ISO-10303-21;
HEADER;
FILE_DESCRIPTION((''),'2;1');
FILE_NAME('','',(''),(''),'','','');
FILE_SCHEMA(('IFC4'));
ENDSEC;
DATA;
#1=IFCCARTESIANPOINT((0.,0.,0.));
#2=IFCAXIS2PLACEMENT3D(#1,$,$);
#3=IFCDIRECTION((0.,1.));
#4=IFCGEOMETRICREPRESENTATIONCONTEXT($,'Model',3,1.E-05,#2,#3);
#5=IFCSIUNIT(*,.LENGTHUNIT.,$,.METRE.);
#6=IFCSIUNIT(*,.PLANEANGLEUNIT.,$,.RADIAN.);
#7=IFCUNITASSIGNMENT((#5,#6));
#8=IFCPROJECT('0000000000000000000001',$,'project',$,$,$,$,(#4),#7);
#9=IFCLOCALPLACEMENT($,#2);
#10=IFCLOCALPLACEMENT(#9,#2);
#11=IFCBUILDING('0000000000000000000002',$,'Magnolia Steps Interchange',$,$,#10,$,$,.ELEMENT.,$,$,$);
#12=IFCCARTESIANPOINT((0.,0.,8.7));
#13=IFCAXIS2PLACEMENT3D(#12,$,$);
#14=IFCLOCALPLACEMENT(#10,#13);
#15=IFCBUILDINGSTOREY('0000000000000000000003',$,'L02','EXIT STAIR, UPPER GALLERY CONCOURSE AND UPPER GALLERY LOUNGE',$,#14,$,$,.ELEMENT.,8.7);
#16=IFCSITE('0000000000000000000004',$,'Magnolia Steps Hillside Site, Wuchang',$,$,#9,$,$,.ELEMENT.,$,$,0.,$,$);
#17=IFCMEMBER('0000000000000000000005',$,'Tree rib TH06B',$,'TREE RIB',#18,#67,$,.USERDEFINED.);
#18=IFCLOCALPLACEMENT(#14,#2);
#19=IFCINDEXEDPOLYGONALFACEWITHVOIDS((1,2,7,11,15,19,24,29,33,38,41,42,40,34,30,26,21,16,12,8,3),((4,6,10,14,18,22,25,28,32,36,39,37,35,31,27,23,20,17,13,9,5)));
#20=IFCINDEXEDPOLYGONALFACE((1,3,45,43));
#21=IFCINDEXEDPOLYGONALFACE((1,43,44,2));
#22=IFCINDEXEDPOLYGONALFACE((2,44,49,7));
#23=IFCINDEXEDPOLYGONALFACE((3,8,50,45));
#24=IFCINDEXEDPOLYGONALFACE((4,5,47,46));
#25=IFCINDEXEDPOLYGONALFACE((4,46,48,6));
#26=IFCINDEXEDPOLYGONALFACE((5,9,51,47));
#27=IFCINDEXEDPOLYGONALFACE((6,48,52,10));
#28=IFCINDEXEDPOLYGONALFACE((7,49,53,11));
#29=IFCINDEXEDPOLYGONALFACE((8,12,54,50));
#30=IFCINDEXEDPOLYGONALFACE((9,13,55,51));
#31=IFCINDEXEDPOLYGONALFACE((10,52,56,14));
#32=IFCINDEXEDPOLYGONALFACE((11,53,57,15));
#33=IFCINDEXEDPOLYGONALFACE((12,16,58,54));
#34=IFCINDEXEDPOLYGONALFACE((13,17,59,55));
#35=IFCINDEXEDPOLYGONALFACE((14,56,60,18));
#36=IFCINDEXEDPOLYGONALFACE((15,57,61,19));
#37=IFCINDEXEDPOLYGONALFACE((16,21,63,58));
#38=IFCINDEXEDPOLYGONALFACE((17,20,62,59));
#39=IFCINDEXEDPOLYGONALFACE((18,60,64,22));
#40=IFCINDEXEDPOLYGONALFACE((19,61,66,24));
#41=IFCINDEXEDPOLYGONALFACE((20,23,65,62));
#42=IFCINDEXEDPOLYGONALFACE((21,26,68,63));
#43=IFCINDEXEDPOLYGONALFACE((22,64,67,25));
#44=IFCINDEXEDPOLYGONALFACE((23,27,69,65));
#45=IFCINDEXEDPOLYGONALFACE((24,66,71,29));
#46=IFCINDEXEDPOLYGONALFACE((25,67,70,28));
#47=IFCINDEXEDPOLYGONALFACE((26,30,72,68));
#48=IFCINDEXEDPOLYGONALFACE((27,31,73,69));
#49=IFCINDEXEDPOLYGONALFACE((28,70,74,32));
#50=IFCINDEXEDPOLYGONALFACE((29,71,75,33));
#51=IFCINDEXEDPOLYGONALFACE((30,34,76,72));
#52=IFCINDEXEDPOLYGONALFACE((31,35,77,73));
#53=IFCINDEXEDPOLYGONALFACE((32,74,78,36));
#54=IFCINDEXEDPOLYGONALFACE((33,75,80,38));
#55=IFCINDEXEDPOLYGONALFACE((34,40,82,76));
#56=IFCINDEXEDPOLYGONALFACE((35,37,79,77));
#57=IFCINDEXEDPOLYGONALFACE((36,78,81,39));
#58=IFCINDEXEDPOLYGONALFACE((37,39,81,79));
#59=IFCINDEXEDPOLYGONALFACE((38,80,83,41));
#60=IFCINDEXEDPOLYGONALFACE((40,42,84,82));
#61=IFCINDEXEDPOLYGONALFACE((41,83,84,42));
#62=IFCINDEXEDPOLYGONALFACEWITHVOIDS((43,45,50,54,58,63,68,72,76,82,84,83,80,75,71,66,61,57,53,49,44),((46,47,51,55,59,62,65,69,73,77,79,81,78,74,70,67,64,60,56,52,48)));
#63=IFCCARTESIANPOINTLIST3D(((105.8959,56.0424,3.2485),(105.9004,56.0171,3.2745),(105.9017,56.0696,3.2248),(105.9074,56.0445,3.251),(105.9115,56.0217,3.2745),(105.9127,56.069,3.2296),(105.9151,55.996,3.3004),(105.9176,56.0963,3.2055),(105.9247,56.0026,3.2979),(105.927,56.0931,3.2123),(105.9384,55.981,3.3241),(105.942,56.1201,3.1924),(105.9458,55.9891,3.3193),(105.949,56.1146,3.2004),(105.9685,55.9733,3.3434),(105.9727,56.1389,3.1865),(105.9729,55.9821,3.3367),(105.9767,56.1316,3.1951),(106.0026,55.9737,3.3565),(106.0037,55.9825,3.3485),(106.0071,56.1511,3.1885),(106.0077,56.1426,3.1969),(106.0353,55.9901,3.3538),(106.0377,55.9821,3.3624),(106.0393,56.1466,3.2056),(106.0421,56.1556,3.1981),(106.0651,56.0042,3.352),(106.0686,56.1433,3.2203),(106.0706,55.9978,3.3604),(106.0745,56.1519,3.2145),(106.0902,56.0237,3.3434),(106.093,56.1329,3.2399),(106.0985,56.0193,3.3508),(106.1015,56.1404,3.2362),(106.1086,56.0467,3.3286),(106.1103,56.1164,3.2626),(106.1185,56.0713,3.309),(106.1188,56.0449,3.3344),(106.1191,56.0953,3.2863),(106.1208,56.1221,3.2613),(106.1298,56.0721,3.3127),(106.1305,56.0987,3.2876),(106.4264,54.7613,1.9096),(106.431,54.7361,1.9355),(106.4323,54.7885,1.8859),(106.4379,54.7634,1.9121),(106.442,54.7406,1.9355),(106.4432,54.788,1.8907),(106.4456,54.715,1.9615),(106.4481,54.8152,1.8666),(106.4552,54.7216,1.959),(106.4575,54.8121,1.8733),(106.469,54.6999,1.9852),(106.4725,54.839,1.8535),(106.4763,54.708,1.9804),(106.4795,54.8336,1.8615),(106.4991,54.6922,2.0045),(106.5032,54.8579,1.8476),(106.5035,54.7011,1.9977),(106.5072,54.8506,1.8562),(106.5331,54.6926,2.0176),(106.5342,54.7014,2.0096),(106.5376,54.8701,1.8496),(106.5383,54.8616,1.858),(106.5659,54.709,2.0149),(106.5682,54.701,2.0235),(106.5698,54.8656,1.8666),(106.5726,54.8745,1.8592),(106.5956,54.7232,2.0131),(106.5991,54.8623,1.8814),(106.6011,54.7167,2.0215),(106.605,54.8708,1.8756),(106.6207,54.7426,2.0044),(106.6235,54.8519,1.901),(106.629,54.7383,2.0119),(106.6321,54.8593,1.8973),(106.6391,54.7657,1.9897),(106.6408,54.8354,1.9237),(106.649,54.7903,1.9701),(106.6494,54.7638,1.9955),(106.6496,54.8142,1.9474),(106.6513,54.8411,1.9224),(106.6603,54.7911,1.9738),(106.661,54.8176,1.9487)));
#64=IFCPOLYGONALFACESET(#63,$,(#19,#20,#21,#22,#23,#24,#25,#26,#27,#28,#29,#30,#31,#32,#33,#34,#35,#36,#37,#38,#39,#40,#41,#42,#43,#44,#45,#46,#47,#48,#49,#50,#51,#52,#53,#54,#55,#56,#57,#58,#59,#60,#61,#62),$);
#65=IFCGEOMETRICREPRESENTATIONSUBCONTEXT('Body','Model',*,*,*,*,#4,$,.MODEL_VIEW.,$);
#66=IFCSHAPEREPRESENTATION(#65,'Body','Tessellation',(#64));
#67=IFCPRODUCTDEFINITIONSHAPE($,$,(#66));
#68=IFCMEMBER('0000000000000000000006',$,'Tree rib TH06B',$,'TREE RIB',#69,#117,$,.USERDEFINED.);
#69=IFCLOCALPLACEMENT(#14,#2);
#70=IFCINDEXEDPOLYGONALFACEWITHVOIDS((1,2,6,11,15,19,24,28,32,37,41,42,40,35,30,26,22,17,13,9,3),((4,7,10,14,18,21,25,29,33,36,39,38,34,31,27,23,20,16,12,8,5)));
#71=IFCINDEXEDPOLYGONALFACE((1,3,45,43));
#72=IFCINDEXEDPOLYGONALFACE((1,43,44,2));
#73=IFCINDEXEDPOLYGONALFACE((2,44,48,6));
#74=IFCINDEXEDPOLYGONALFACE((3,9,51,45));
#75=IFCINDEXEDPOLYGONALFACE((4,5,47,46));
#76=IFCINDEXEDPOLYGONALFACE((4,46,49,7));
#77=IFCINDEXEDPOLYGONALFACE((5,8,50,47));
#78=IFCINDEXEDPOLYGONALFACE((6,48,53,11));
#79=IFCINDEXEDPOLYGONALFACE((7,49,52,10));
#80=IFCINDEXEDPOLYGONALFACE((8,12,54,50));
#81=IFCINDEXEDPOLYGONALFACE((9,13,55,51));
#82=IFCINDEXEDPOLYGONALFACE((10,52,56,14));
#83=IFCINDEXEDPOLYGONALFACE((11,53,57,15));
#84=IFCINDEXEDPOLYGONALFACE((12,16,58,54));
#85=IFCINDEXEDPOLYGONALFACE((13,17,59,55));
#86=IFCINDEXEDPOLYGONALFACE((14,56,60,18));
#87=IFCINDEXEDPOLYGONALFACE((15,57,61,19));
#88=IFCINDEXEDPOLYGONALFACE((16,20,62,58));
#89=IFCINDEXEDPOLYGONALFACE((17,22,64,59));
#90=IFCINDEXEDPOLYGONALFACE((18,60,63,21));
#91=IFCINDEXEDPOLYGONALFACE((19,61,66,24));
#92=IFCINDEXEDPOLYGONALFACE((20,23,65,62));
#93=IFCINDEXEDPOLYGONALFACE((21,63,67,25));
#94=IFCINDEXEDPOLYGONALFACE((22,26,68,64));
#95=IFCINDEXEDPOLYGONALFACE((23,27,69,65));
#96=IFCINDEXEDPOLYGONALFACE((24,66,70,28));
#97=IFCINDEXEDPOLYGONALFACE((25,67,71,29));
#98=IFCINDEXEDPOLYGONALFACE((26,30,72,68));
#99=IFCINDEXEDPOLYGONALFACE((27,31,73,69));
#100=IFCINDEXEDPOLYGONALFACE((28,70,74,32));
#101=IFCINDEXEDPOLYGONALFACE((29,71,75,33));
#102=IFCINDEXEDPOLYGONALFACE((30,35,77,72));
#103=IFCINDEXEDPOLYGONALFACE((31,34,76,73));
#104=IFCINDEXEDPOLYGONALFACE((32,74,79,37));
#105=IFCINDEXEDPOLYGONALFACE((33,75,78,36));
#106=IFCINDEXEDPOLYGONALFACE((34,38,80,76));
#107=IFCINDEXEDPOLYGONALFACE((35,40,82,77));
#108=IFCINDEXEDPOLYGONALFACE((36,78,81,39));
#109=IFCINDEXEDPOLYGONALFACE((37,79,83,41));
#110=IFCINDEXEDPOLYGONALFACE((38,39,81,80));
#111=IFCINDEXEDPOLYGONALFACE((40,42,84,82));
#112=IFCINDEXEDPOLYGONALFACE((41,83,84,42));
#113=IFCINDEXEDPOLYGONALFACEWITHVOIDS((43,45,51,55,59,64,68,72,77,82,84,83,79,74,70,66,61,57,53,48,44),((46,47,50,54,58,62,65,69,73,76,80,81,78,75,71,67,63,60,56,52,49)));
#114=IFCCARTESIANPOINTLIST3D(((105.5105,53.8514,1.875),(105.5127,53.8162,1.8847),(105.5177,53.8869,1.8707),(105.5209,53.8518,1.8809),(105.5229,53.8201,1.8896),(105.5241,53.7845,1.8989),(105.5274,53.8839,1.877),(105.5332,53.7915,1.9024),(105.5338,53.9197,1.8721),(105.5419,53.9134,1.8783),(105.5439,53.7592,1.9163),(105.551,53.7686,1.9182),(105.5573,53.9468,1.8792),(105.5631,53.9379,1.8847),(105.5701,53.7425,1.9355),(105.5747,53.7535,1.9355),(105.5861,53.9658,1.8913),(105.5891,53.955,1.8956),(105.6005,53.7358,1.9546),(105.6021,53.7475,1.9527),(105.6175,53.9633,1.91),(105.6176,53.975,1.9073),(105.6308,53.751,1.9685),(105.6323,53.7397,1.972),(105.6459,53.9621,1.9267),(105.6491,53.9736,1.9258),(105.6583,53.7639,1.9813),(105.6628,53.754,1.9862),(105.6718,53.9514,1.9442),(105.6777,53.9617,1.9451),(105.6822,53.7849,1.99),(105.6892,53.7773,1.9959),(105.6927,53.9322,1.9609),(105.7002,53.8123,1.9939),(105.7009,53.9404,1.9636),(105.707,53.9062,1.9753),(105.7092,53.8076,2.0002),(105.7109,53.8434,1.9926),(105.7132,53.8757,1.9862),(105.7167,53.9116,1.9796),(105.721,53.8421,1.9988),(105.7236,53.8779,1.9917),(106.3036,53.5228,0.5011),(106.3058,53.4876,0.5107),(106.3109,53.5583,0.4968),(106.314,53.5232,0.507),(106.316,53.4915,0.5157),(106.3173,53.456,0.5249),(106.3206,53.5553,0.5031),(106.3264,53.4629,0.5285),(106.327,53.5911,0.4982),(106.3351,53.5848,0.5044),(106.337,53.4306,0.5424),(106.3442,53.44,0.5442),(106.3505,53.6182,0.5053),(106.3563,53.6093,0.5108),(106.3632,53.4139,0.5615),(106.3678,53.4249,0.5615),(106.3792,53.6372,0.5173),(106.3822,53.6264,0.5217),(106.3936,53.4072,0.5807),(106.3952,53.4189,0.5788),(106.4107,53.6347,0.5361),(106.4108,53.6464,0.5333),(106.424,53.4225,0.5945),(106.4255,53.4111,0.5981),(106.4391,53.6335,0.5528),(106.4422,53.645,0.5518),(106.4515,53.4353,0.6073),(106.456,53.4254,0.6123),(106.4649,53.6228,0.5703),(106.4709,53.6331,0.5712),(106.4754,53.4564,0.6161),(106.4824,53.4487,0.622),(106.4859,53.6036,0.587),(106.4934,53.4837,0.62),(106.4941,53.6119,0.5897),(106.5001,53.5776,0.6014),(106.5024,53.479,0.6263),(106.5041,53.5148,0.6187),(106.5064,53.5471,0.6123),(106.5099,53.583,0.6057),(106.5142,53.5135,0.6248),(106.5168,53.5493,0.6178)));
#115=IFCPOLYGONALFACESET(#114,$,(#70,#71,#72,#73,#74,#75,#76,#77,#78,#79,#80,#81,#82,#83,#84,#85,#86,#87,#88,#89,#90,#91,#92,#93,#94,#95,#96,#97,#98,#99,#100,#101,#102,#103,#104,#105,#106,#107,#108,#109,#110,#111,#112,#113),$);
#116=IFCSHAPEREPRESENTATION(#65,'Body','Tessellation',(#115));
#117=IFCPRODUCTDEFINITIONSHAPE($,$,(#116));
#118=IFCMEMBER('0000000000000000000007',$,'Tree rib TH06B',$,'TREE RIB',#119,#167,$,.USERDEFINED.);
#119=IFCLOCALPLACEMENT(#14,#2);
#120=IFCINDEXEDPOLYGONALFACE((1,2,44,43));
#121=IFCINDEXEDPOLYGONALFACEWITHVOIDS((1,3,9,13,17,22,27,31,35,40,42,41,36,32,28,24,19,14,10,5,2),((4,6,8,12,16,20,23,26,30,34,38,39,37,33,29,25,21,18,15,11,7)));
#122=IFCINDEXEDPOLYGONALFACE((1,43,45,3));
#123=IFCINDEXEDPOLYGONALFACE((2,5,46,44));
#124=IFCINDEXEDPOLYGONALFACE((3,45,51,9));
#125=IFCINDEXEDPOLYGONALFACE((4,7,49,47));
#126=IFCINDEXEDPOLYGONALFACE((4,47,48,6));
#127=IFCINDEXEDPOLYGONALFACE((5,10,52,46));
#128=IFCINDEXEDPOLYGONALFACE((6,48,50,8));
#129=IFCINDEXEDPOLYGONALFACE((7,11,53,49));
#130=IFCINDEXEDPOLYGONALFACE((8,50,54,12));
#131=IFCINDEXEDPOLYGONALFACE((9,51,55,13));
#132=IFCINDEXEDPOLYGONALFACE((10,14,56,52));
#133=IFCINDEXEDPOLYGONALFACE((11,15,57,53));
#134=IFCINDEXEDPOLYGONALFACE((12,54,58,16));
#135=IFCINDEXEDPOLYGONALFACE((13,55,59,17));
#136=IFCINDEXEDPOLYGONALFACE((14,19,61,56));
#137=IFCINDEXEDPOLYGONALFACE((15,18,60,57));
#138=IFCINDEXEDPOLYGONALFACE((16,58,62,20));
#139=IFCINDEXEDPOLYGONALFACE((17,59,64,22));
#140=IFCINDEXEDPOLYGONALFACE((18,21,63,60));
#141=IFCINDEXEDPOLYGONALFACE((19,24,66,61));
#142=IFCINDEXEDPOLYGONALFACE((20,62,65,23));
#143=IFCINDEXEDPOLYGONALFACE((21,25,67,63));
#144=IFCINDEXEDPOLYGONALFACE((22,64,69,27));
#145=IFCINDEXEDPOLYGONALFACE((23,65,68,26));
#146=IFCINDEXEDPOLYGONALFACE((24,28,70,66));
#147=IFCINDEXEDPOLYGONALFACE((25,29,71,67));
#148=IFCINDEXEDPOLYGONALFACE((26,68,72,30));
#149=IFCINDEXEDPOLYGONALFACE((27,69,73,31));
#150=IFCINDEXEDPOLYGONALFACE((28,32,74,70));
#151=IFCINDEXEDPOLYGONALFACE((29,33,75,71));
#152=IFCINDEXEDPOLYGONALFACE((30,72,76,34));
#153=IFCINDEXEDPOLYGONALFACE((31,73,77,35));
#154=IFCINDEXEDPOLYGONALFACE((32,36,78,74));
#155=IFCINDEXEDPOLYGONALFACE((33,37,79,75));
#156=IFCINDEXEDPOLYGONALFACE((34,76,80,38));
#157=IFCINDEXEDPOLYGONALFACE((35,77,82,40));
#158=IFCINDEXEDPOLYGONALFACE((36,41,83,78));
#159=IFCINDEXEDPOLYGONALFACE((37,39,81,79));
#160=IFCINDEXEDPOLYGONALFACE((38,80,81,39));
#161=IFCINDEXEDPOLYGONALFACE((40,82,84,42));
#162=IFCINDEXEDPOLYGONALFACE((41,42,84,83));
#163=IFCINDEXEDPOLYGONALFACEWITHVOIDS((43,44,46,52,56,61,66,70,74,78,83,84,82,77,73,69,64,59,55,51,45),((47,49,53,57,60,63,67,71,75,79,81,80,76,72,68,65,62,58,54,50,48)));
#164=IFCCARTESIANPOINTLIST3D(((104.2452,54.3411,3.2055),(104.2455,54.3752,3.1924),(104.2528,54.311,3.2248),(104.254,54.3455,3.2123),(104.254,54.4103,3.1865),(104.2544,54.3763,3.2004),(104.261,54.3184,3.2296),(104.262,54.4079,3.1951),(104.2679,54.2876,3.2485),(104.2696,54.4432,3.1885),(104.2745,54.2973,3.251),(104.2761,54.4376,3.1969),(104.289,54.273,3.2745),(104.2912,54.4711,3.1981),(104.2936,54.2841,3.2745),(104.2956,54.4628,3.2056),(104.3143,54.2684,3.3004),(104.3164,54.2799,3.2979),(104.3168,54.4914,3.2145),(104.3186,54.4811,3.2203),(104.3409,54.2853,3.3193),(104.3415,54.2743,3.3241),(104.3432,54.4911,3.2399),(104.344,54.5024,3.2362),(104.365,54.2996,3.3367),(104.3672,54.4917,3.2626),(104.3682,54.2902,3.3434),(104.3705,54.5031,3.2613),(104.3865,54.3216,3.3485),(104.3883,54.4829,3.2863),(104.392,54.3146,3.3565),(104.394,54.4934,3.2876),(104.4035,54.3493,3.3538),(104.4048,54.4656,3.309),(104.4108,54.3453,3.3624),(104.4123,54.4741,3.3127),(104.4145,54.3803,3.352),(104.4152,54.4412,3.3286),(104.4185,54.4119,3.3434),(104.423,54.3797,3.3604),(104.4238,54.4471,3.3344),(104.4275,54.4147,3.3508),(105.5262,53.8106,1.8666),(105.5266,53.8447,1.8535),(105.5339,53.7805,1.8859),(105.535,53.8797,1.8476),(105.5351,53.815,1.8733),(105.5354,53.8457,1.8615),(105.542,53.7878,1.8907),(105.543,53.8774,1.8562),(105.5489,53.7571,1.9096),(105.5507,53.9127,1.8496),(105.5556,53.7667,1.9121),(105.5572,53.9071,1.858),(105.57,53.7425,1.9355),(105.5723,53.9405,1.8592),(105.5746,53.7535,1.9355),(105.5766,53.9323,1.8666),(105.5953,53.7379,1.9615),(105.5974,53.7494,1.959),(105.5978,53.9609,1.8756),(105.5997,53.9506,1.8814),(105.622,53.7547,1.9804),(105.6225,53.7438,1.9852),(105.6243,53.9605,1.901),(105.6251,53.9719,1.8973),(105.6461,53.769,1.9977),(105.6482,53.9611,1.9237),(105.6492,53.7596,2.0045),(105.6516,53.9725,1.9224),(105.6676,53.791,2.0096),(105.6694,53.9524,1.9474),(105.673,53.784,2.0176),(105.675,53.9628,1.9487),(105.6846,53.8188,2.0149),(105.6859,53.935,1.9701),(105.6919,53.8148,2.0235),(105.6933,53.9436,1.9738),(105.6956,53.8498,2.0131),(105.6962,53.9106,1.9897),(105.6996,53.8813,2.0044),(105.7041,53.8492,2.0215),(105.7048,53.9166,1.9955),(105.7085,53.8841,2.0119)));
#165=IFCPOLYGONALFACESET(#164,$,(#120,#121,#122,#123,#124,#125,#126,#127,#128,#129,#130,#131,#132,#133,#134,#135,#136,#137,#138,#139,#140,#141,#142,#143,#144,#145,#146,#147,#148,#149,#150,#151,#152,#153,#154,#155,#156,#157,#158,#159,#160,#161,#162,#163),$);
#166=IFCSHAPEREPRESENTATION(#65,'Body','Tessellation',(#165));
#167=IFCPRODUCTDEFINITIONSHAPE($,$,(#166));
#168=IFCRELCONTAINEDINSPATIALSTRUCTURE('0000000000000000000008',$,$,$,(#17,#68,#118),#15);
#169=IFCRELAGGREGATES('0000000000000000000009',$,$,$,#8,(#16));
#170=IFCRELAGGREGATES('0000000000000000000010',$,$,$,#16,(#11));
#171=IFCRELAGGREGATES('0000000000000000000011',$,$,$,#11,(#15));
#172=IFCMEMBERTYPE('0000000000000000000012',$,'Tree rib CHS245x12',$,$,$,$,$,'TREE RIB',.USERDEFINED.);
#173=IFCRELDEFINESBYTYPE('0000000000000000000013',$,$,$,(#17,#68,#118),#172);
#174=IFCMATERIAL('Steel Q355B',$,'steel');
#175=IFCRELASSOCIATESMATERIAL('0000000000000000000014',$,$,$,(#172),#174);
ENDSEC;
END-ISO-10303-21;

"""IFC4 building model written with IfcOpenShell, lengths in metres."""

from ifc_helpers import new_model, si_unit, direction, frame, origin, origin_2d, place, context, subcontext, project, spatial, hollow_circle, extrude, material, material_profile, profile_set, type_object, element, save


model = new_model("IFC4")

# Units and contexts
model_context = context("Model", 3, precision=1e-05, world=origin(), true_north=direction((0.0, 1.0)))
body_context = subcontext(model_context, "Body", "Model", "MODEL_VIEW")
ifc_project = project(units=[si_unit("LENGTHUNIT", "METRE"), si_unit("PLANEANGLEUNIT", "RADIAN")], contexts=[model_context])

# Site, building, storey
site_placement = place(None, origin())
site = spatial("IfcSite", under=ifc_project, at=site_placement, Name="Magnolia Steps Hillside Site, Wuchang", CompositionType="ELEMENT", RefElevation=0.0)
building_placement = place(site_placement, origin())
building = spatial("IfcBuilding", under=site, at=building_placement, Name="Magnolia Steps Interchange", CompositionType="ELEMENT")
storey_placement = place(building_placement, frame((0.0, 0.0, 8.7)))
storey = spatial("IfcBuildingStorey", under=building, at=storey_placement, Name="L02", Description="EXIT STAIR, UPPER GALLERY CONCOURSE AND UPPER GALLERY LOUNGE", CompositionType="ELEMENT", Elevation=8.7)

# Members
ifc_material_1 = material(Name="Steel Q355B", Category="steel")
ifc_material_profile_1 = material_profile(ifc_material_1, hollow_circle(Radius=0.1226, WallThickness=0.012, at=origin_2d()), Name="CHS245x12")
ifc_profile_set_1 = profile_set([ifc_material_profile_1], Name="Steel Q355B")
member_type = type_object("IfcMemberType", Name="Tree rib CHS245x12", ElementType="TREE RIB", PredefinedType="USERDEFINED", material=ifc_profile_set_1)
member_1_placement = place(storey_placement, frame((106.5442, 54.783, 1.9355), z_axis=(-0.275246, 0.664618, 0.694638), x_axis=(-0.923903, -0.382627, 0.0)))
element("IfcMember", 1, at=member_1_placement, inside=storey, type_object=member_type, Name="Tree rib TH06B", ObjectType="TREE RIB", PredefinedType="USERDEFINED", context=body_context, shape_type="SweptSolid", body=[
    extrude(hollow_circle(Radius=0.1226, WallThickness=0.012, at=origin_2d()), origin(), (0.0, 0.0, 1.0), 1.9275),
])
member_2_placement = place(storey_placement, frame((106.4102, 53.5271, 0.5615), z_axis=(-0.489571, 0.20282, 0.848047), x_axis=(-0.382737, -0.923857, 0.0)))
element("IfcMember", 2, at=member_2_placement, inside=storey, type_object=member_type, Name="Tree rib TH06B", ObjectType="TREE RIB", PredefinedType="USERDEFINED", context=body_context, shape_type="SweptSolid", body=[
    extrude(hollow_circle(Radius=0.1226, WallThickness=0.012, at=origin_2d()), origin(), (0.0, 0.0, 1.0), 1.6201),
])
member_3_placement = place(storey_placement, frame((105.6169, 53.8557, 1.9355), z_axis=(-0.664618, 0.275246, 0.694638), x_axis=(-0.382627, -0.923903, 0.0)))
element("IfcMember", 3, at=member_3_placement, inside=storey, type_object=member_type, Name="Tree rib TH06B", ObjectType="TREE RIB", PredefinedType="USERDEFINED", context=body_context, shape_type="SweptSolid", body=[
    extrude(hollow_circle(Radius=0.1226, WallThickness=0.012, at=origin_2d()), origin(), (0.0, 0.0, 1.0), 1.9275),
])

save(model, "model.ifc")
